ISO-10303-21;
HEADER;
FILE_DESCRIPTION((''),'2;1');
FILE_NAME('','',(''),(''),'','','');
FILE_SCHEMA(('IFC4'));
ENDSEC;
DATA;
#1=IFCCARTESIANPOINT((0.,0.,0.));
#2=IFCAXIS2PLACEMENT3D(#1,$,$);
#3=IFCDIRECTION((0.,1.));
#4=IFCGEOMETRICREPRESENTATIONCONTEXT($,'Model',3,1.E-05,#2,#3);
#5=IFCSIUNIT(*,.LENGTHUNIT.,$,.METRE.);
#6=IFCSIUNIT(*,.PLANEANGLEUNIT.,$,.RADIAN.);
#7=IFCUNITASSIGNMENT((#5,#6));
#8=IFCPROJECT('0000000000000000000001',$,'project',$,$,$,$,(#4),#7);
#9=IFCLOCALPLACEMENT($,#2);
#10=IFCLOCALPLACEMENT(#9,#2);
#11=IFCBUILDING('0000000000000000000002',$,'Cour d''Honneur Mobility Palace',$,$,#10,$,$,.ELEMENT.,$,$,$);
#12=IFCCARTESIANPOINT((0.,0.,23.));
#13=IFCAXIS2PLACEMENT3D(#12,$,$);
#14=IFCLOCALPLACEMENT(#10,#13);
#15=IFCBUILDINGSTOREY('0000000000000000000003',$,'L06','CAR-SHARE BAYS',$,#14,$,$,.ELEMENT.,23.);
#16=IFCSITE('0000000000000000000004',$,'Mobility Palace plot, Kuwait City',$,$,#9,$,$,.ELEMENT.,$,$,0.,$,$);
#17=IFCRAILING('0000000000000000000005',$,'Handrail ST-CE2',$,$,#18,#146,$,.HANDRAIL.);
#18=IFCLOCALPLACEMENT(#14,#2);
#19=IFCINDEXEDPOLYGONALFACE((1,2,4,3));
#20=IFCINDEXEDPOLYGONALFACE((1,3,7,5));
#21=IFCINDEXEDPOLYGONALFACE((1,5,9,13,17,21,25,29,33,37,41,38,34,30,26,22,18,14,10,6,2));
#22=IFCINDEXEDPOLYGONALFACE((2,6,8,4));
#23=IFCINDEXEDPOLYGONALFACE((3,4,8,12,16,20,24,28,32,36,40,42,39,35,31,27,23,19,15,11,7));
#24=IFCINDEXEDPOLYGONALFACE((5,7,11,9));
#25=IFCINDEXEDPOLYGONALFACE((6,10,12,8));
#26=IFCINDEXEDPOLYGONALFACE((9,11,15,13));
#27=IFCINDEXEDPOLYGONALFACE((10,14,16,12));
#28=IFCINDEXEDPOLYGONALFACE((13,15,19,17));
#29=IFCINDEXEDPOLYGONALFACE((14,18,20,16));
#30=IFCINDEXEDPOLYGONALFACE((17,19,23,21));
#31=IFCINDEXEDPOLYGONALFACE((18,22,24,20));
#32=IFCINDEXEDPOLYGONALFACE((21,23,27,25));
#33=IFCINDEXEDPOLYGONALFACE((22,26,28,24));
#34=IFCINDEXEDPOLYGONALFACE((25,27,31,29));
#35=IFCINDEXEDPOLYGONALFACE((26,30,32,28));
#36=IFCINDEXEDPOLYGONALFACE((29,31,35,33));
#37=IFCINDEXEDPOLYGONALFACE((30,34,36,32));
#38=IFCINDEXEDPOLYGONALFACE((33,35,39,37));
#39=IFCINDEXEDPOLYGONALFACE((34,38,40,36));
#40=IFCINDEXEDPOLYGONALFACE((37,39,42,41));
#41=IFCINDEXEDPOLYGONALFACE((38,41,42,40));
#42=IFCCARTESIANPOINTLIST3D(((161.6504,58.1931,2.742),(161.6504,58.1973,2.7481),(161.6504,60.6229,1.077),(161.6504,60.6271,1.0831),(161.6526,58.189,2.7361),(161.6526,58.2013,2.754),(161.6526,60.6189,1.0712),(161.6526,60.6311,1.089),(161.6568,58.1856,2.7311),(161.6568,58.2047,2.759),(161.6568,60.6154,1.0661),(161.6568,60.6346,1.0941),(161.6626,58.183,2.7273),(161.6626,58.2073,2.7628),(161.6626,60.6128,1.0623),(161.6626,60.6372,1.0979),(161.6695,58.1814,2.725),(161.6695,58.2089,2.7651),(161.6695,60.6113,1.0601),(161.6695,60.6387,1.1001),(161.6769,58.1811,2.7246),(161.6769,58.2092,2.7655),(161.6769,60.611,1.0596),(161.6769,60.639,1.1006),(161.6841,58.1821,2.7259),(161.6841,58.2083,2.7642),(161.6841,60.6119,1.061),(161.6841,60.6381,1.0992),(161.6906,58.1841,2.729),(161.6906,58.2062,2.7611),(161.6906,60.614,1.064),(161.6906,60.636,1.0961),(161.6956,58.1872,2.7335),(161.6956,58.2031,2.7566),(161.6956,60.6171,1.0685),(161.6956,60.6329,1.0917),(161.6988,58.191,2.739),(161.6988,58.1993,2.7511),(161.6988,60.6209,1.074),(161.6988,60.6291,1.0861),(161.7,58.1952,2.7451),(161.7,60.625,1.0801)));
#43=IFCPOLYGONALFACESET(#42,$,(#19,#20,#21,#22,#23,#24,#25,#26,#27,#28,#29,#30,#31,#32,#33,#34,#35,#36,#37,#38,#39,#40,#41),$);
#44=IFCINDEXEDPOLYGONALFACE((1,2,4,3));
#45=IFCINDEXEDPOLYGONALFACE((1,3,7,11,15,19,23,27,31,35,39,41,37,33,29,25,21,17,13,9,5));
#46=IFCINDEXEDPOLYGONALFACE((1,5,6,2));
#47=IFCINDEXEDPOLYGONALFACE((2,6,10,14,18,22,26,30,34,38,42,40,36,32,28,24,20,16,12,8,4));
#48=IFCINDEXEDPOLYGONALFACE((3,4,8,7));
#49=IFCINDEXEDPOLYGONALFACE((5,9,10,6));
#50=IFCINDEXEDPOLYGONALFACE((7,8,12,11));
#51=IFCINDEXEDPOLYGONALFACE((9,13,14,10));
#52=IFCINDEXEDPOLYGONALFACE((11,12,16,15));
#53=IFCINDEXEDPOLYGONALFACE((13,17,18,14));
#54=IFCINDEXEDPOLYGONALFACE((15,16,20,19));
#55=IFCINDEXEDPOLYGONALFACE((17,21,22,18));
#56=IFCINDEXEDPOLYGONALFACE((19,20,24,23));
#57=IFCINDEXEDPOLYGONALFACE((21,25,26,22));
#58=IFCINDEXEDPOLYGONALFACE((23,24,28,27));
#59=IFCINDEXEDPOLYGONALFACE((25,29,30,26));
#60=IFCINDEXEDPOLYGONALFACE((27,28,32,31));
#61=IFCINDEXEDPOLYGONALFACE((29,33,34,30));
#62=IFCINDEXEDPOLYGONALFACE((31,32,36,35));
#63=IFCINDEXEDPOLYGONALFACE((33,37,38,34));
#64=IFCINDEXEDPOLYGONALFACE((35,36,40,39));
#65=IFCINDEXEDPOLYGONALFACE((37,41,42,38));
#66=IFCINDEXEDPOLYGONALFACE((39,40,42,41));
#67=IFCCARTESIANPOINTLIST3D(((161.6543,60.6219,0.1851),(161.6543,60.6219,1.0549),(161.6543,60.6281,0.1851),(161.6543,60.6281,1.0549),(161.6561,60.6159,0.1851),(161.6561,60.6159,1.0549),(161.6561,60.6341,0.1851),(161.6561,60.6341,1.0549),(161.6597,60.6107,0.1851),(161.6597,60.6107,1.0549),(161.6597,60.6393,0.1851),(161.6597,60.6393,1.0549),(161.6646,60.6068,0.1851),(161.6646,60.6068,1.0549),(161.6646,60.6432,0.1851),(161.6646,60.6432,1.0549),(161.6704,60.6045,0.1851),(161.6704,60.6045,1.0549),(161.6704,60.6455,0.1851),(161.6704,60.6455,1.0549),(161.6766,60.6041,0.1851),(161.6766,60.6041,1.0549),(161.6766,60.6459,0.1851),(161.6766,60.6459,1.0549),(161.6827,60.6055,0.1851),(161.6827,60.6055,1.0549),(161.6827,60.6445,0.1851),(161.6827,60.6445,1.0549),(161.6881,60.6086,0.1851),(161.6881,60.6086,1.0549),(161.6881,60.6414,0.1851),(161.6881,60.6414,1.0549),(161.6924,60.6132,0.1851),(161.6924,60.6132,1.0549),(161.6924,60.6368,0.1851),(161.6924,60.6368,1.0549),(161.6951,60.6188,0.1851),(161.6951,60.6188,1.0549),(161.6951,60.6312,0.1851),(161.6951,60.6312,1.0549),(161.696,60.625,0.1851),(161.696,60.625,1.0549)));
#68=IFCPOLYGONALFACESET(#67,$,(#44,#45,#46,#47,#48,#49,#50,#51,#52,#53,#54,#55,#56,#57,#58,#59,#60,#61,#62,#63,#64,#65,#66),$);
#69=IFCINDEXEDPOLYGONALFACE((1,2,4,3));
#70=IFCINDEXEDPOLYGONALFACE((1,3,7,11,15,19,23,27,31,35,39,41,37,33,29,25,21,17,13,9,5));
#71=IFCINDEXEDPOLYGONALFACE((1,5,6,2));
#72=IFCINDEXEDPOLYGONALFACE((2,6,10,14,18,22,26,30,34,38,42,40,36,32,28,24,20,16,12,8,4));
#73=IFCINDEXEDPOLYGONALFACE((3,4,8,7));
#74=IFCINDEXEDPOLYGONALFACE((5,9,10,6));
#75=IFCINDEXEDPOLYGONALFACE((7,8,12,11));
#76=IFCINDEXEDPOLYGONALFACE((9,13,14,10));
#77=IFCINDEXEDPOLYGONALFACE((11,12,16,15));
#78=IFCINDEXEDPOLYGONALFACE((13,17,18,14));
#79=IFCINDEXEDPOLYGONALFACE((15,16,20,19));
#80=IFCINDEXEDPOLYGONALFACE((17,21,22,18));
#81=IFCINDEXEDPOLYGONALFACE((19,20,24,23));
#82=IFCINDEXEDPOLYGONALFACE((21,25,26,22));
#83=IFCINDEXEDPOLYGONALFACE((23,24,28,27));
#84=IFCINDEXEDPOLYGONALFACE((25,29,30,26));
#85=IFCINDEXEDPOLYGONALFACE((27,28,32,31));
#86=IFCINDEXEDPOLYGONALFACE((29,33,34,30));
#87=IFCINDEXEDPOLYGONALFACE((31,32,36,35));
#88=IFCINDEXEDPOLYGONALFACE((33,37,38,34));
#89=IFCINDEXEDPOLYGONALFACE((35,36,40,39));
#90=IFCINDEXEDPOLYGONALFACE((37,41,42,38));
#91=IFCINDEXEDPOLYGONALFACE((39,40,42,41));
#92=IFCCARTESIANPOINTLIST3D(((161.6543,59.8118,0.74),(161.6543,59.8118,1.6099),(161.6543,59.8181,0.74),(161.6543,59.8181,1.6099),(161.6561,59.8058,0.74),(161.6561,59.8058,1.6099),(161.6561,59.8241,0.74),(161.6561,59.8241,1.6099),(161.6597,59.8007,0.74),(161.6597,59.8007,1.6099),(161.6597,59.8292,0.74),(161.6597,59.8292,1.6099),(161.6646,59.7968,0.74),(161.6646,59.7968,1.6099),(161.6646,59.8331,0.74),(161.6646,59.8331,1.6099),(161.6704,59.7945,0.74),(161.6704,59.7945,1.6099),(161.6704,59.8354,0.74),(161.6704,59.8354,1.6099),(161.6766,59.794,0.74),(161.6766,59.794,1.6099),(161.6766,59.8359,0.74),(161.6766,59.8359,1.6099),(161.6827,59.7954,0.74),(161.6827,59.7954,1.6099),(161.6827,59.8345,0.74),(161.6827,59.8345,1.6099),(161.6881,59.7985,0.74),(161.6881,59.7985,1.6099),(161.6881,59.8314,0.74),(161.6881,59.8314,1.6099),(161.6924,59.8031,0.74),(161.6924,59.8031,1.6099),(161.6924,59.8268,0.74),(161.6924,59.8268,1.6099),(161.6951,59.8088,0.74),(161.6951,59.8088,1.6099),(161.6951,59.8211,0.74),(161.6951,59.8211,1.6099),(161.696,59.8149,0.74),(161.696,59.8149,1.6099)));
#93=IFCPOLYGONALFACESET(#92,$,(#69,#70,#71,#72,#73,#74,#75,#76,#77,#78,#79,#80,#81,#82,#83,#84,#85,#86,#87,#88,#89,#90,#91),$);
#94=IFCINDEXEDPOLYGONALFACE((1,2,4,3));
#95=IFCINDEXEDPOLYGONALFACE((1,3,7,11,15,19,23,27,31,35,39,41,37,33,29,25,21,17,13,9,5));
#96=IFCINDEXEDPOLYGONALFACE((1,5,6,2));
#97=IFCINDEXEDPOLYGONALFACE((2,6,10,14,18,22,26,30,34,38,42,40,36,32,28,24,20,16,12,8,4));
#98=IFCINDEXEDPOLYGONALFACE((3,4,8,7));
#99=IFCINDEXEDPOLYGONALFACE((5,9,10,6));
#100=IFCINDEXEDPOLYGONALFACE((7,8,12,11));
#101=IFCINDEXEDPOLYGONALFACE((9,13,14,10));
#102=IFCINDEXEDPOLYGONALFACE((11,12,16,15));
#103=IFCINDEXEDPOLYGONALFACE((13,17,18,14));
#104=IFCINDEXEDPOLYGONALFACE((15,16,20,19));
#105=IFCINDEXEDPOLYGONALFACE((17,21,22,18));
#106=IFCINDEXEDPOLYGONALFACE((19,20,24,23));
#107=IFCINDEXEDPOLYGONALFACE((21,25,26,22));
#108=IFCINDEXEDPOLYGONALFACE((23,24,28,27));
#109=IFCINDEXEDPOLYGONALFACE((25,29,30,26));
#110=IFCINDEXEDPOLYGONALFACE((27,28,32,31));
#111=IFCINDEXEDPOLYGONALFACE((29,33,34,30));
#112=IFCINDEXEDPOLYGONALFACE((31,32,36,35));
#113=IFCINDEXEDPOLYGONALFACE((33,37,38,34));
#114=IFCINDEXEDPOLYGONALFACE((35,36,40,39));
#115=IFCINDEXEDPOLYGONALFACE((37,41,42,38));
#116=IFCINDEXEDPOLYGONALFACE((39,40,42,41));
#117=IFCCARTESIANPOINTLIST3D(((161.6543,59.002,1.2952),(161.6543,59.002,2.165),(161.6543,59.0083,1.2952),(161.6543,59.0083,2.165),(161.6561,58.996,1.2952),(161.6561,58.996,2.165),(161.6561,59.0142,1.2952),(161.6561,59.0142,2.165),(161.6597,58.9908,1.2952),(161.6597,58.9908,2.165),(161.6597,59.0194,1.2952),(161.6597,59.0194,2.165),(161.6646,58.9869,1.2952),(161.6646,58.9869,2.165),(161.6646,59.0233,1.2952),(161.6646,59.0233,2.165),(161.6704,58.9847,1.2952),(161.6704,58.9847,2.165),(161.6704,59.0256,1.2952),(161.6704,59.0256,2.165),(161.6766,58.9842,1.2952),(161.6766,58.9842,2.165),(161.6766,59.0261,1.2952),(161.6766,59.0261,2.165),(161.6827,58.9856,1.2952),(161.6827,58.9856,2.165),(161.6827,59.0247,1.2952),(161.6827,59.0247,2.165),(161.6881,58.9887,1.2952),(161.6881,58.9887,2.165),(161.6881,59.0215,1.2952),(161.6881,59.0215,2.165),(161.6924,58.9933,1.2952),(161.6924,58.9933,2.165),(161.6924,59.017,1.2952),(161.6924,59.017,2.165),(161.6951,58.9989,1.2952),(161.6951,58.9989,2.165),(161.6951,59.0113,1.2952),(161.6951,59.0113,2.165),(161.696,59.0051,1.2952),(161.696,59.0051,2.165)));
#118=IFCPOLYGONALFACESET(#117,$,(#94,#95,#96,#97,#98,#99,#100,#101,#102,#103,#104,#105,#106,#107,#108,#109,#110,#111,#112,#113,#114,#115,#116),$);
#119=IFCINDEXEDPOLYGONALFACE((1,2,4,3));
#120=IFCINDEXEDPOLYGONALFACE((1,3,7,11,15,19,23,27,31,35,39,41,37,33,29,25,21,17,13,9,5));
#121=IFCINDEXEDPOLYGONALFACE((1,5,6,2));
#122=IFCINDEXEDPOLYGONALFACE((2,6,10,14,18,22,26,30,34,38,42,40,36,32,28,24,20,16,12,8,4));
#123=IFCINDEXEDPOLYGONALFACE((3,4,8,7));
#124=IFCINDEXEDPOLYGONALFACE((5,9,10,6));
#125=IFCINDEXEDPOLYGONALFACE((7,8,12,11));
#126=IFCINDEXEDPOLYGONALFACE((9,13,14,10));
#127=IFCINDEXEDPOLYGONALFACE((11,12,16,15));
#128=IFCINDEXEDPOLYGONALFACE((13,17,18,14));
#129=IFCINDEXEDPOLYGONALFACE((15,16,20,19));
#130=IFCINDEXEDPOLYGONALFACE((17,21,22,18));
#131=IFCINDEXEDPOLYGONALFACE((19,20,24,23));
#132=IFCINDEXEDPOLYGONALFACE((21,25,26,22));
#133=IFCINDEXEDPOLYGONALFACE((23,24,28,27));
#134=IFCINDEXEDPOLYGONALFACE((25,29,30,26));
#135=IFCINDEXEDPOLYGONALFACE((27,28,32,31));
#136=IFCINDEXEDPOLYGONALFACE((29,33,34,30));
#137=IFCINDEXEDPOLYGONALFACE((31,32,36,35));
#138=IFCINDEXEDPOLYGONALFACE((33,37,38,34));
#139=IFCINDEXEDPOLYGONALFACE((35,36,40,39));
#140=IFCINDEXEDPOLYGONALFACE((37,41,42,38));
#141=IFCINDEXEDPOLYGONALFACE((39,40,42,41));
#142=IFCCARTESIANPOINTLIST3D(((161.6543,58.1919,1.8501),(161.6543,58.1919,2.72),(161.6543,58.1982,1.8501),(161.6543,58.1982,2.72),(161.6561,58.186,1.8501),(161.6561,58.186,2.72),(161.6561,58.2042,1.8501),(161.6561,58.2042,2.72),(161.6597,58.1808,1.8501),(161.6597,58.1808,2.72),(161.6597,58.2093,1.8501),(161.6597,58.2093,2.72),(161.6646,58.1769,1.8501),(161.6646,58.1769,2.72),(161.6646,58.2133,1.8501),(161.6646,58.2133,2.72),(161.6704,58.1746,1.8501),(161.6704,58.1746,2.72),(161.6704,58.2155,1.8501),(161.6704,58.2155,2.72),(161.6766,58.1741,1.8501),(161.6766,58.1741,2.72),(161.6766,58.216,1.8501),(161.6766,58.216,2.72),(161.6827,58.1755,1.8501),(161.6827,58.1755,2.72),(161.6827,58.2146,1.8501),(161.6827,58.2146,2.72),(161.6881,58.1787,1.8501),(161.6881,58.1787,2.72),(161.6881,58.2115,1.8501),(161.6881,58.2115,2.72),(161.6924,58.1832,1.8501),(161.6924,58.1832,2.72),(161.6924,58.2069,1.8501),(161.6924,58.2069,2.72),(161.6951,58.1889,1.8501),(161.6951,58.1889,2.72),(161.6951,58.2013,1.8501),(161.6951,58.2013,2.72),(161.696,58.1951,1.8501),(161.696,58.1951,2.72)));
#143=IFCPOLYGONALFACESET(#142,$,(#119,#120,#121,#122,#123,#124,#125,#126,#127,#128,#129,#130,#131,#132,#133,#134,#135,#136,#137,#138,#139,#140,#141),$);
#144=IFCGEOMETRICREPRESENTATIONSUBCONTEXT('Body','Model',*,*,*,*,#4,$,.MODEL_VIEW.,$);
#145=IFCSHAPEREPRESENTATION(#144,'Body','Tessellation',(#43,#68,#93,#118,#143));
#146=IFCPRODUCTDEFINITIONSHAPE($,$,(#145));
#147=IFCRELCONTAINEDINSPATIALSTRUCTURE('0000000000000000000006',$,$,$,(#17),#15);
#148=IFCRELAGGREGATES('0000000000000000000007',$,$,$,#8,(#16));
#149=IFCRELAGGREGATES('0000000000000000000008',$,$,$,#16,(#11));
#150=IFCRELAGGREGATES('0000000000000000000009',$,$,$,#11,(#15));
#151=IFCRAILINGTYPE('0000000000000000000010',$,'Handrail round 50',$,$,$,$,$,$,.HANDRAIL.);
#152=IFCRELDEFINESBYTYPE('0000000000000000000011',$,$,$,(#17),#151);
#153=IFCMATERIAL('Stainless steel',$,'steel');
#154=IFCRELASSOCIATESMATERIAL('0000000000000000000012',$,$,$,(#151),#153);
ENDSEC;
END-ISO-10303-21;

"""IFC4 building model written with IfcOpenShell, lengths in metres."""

from ifc_helpers import new_model, si_unit, direction, frame, origin, origin_2d, place, context, subcontext, project, spatial, circle, extrude, material, type_object, element, save


model = new_model("IFC4")

# Units and contexts
model_context = context("Model", 3, precision=1e-05, world=origin(), true_north=direction((0.0, 1.0)))
body_context = subcontext(model_context, "Body", "Model", "MODEL_VIEW")
ifc_project = project(units=[si_unit("LENGTHUNIT", "METRE"), si_unit("PLANEANGLEUNIT", "RADIAN")], contexts=[model_context])

# Site, building, storey
site_placement = place(None, origin())
site = spatial("IfcSite", under=ifc_project, at=site_placement, Name="Mobility Palace plot, Kuwait City", CompositionType="ELEMENT", RefElevation=0.0)
building_placement = place(site_placement, origin())
building = spatial("IfcBuilding", under=site, at=building_placement, Name="Cour d'Honneur Mobility Palace", CompositionType="ELEMENT")
storey_placement = place(building_placement, frame((0.0, 0.0, 23.0)))
storey = spatial("IfcBuildingStorey", under=building, at=storey_placement, Name="L06", Description="CAR-SHARE BAYS", CompositionType="ELEMENT", Elevation=23.0)

# Railing
ifc_material_1 = material(Name="Stainless steel", Category="steel")
railing_type = type_object("IfcRailingType", Name="Handrail round 50", PredefinedType="HANDRAIL", material=ifc_material_1)
for number, where, name in (
    (1, (161.675, 60.625, 0.1851), "Handrail ST-CE2"),
):
    element("IfcRailing", number, at=place(storey_placement, frame(where)), inside=storey, type_object=railing_type, Name=name, PredefinedType="HANDRAIL", context=body_context, shape_type="SweptSolid", body=[
        extrude(circle(Radius=0.0249, at=origin_2d()), frame((0.0, 0.0, 0.895), z_axis=(0.0, -0.824919, 0.565251), x_axis=(1.0, 0.0, 0.0)), (0.0, 0.0, 1.0), 2.9456),
        extrude(circle(Radius=0.021, at=origin_2d()), origin(), (0.0, 0.0, 1.0), 0.8699),
        extrude(circle(Radius=0.021, at=origin_2d()), frame((0.0, -0.8101, 0.5549)), (0.0, 0.0, 1.0), 0.8699),
        extrude(circle(Radius=0.021, at=origin_2d()), frame((0.0, -1.6199, 1.1101)), (0.0, 0.0, 1.0), 0.8699),
        extrude(circle(Radius=0.021, at=origin_2d()), frame((0.0, -2.4299, 1.665)), (0.0, 0.0, 1.0), 0.8699),
    ])

save(model, "model.ifc")
